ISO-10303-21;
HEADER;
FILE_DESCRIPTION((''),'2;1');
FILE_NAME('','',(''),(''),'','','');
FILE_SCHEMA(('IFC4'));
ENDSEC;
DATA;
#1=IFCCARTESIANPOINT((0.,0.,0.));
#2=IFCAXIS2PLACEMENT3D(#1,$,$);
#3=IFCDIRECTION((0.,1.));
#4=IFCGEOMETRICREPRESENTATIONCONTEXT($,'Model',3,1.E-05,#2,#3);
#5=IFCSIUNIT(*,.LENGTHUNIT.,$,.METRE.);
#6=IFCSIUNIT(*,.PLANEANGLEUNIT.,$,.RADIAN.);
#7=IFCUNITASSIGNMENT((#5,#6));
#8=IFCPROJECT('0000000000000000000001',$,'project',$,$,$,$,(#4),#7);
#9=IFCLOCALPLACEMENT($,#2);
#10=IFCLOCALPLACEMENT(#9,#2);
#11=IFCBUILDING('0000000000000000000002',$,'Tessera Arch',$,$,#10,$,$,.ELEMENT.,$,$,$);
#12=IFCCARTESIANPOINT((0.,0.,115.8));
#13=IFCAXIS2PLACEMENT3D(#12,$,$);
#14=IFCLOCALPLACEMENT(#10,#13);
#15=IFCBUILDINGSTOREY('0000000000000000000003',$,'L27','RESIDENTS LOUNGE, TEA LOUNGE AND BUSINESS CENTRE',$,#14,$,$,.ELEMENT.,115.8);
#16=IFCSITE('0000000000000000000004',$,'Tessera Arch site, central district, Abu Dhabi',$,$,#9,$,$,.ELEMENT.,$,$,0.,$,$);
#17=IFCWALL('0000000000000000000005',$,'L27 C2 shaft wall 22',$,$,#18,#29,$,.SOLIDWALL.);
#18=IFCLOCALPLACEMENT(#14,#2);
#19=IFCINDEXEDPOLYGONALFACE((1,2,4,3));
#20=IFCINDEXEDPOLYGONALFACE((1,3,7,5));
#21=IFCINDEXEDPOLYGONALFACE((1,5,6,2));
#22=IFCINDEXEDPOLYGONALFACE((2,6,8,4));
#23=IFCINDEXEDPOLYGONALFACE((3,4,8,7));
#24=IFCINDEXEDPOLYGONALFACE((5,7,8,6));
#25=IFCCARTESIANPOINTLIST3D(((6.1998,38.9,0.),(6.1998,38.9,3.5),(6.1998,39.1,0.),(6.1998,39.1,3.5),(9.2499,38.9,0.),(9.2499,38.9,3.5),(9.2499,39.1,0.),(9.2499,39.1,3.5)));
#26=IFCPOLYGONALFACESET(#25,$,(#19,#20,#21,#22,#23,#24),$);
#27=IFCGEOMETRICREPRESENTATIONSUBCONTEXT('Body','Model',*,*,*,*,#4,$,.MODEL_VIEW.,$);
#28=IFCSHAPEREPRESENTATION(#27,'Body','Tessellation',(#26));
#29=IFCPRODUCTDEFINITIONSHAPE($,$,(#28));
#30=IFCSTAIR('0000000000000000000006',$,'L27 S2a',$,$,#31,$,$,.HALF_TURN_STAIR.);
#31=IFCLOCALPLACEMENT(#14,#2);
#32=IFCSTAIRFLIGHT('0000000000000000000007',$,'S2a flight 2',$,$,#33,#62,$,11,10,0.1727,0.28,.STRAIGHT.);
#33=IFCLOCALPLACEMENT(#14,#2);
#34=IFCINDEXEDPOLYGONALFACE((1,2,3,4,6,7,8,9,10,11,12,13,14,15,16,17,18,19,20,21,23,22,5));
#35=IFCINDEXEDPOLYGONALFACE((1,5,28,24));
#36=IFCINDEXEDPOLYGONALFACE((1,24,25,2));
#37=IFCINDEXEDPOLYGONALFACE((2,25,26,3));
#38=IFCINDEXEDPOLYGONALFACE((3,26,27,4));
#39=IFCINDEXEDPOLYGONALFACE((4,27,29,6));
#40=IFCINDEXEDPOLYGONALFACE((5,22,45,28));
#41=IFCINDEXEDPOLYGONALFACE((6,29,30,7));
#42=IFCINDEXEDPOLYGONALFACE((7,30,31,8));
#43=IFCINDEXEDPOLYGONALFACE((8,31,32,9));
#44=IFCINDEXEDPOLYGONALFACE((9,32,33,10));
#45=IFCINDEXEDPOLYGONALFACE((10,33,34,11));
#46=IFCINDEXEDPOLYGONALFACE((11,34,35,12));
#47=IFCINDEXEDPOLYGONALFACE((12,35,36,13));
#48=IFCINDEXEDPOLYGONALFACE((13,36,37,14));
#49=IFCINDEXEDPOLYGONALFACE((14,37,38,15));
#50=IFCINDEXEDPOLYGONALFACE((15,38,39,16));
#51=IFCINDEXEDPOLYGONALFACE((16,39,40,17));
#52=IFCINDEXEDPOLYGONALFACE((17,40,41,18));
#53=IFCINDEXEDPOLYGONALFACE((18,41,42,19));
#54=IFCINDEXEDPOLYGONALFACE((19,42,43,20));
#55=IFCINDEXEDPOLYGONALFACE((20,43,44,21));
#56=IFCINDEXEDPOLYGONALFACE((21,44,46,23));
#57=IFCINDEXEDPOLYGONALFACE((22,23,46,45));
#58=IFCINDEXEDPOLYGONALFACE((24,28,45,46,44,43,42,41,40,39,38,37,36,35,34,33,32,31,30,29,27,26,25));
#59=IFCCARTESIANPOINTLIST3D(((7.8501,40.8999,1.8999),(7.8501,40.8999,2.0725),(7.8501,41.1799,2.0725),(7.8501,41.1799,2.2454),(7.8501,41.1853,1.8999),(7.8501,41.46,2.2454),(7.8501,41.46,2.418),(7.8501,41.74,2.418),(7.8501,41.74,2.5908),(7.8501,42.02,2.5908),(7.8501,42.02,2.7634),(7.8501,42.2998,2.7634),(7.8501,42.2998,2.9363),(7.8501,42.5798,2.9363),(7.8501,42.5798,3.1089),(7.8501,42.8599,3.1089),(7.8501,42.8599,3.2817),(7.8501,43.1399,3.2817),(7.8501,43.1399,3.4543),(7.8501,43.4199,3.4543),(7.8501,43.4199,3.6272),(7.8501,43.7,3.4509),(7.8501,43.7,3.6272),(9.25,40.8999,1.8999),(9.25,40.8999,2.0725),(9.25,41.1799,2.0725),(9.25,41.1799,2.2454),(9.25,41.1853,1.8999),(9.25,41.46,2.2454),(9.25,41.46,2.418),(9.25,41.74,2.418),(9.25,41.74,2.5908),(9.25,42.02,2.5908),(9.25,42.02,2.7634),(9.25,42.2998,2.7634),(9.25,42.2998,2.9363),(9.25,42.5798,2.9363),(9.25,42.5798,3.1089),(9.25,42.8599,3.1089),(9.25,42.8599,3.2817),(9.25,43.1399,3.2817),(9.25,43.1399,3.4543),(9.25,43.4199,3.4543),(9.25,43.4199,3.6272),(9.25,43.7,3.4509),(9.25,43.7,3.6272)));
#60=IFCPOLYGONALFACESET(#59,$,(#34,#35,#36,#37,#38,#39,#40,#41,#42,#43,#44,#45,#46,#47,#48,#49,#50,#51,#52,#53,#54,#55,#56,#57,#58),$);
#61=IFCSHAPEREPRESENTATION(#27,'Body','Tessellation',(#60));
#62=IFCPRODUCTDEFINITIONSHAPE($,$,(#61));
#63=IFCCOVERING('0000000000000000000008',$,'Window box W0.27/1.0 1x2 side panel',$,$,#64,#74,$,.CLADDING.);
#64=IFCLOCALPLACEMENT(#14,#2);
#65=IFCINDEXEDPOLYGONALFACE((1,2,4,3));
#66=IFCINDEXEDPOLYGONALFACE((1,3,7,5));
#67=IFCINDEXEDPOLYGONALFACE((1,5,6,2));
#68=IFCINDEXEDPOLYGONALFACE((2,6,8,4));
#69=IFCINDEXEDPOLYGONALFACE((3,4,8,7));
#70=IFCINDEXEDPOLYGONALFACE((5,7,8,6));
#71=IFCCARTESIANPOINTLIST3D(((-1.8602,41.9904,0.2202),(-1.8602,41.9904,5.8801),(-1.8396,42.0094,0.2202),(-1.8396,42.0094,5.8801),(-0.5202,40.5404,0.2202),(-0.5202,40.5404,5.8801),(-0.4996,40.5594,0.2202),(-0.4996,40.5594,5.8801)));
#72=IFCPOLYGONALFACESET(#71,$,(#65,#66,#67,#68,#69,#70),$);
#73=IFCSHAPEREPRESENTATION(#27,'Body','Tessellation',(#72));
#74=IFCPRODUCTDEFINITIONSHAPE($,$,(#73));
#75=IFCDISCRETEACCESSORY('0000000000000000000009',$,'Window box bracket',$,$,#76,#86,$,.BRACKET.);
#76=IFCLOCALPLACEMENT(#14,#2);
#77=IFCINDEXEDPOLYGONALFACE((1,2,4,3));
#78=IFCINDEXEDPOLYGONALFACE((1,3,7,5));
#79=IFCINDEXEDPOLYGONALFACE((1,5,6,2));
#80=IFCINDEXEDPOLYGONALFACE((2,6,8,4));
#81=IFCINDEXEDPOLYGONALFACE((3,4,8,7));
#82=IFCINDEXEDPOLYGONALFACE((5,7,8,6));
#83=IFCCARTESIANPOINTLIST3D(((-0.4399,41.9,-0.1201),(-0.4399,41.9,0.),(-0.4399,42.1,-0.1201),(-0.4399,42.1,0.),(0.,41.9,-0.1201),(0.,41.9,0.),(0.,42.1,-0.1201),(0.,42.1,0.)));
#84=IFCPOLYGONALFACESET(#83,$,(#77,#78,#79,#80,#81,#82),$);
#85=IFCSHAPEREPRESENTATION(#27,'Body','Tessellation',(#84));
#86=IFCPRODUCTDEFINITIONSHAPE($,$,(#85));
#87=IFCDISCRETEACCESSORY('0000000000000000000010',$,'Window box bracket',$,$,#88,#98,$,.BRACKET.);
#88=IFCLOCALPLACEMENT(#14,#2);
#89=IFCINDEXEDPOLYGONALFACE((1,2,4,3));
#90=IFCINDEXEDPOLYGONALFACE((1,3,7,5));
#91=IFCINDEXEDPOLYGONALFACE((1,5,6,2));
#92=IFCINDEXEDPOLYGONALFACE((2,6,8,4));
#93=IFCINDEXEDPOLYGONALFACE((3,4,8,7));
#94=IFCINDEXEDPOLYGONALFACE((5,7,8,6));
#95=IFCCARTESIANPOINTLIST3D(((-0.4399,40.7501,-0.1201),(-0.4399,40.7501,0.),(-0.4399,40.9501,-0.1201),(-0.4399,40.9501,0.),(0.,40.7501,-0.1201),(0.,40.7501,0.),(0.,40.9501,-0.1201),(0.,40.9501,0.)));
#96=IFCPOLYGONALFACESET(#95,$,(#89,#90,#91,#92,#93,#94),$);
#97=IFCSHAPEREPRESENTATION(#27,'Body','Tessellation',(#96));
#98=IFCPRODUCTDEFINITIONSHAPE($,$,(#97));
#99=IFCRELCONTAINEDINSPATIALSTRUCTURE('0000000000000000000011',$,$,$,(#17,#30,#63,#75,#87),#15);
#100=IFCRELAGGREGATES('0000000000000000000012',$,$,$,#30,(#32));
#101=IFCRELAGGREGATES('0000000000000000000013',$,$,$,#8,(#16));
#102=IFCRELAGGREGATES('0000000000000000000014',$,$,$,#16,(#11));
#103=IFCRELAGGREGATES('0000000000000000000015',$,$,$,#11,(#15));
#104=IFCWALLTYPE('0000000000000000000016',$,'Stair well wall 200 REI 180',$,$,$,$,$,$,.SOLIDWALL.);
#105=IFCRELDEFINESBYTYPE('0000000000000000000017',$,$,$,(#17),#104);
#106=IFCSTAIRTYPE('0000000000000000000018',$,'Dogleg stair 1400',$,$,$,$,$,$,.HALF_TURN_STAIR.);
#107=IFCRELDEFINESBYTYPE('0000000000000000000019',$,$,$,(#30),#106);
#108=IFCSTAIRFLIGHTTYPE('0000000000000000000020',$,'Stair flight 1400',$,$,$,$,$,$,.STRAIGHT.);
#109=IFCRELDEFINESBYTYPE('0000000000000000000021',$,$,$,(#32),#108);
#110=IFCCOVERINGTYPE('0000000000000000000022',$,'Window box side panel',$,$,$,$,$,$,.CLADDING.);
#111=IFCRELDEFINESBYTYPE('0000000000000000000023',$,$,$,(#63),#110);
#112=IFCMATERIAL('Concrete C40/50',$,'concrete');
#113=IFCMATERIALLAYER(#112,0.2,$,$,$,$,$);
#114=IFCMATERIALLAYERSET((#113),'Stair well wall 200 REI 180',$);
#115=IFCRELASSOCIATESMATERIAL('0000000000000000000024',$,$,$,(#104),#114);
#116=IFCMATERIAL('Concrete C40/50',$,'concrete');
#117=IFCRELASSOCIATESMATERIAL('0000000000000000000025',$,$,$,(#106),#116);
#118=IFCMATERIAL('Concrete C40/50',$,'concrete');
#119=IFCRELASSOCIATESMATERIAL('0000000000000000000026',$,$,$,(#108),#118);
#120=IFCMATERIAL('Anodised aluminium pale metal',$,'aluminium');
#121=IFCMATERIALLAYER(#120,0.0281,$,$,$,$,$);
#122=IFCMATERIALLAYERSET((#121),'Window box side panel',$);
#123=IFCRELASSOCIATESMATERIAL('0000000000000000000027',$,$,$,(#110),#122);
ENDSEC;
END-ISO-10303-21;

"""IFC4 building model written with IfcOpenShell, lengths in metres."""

from ifc_helpers import new_model, si_unit, direction, frame, frame_2d, origin, origin_2d, place, context, subcontext, project, spatial, polyline, rectangle, outline, extrude, material, layer, layer_set, type_object, element, aggregate, save


model = new_model("IFC4")

# Units and contexts
model_context = context("Model", 3, precision=1e-05, world=origin(), true_north=direction((0.0, 1.0)))
body_context = subcontext(model_context, "Body", "Model", "MODEL_VIEW")
ifc_project = project(units=[si_unit("LENGTHUNIT", "METRE"), si_unit("PLANEANGLEUNIT", "RADIAN")], contexts=[model_context])

# Site, building, storey
site_placement = place(None, origin())
site = spatial("IfcSite", under=ifc_project, at=site_placement, Name="Tessera Arch site, central district, Abu Dhabi", CompositionType="ELEMENT", RefElevation=0.0)
building_placement = place(site_placement, origin())
building = spatial("IfcBuilding", under=site, at=building_placement, Name="Tessera Arch", CompositionType="ELEMENT")
storey_placement = place(building_placement, frame((0.0, 0.0, 115.8)))
storey = spatial("IfcBuildingStorey", under=building, at=storey_placement, Name="L27", Description="RESIDENTS LOUNGE, TEA LOUNGE AND BUSINESS CENTRE", CompositionType="ELEMENT", Elevation=115.8)

# Wall
ifc_material_1 = material(Name="Concrete C40/50", Category="concrete")
ifc_layer_1 = layer(ifc_material_1, 0.2)
ifc_layer_set_1 = layer_set([ifc_layer_1], Name="Stair well wall 200 REI 180")
wall_type_1 = type_object("IfcWallType", Name="Stair well wall 200 REI 180", PredefinedType="SOLIDWALL", material=ifc_layer_set_1)
wall_1_placement = place(storey_placement, frame((6.2, 39.0, 0.0), z_axis=(0.0, 0.0, 1.0), x_axis=(1.0, 0.0, 0.0)))
element("IfcWall", 1, at=wall_1_placement, inside=storey, type_object=wall_type_1, Name="L27 C2 shaft wall 22", PredefinedType="SOLIDWALL", context=body_context, shape_type="SweptSolid", body=[
    extrude(rectangle(XDim=3.05, YDim=0.2, at=frame_2d((1.5249, 0.0))), origin(), (0.0, 0.0, 1.0), 3.5),
])

# Stair, stair flight
ifc_material_2 = material(Name="Concrete C40/50", Category="concrete")
stair_type = type_object("IfcStairType", Name="Dogleg stair 1400", PredefinedType="HALF_TURN_STAIR", material=ifc_material_2)
stair_placement = place(storey_placement, origin())
stair = element("IfcStair", 2, at=stair_placement, inside=storey, type_object=stair_type, Name="L27 S2a", PredefinedType="HALF_TURN_STAIR")
ifc_material_3 = material(Name="Concrete C40/50", Category="concrete")
stair_flight_type = type_object("IfcStairFlightType", Name="Stair flight 1400", PredefinedType="STRAIGHT", material=ifc_material_3)
stair_flight_placement = place(storey_placement, frame((8.55, 40.8999, 1.8999), z_axis=(0.0, 0.0, 1.0), x_axis=(0.0, 1.0, 0.0)))
stair_flight = element("IfcStairFlight", 3, at=stair_flight_placement, type_object=stair_flight_type, Name="S2a flight 2", NumberOfRisers=11, NumberOfTreads=10, PredefinedType="STRAIGHT", RiserHeight=0.1727, TreadLength=0.28, context=body_context, shape_type="SweptSolid", body=[
    extrude(outline(polyline([(0.0, 0.0), (0.0, 0.1726), (0.28, 0.1726), (0.28, 0.3455), (0.5601, 0.3455), (0.5601, 0.5181), (0.8401, 0.5181), (0.8401, 0.6909), (1.1201, 0.6909), (1.1201, 0.8635), (1.3999, 0.8635), (1.3999, 1.0364), (1.6799, 1.0364), (1.6799, 1.209), (1.96, 1.209), (1.96, 1.3818), (2.24, 1.3818), (2.24, 1.5544), (2.52, 1.5544), (2.52, 1.7273), (2.8, 1.7273), (2.8, 1.8999), (2.8, 1.551), (0.2854, 0.0), (0.0, 0.0)])), frame((0.0, 0.7, 0.0), z_axis=(0.0, -1.0, 0.0), x_axis=(1.0, 0.0, 0.0)), (0.0, 0.0, 1.0), 1.3999),
])
aggregate(stair, [stair_flight])

# Covering
ifc_material_4 = material(Name="Anodised aluminium pale metal", Category="aluminium")
ifc_layer_2 = layer(ifc_material_4, 0.0281)
ifc_layer_set_2 = layer_set([ifc_layer_2], Name="Window box side panel")
covering_type = type_object("IfcCoveringType", Name="Window box side panel", PredefinedType="CLADDING", material=ifc_layer_set_2)
covering_placement = place(storey_placement, frame((-1.1799, 41.2749, 0.2202), z_axis=(0.0, 0.0, 1.0), x_axis=(-0.678701, 0.734415, 0.0)))
element("IfcCovering", 4, at=covering_placement, inside=storey, type_object=covering_type, Name="Window box W0.27/1.0 1x2 side panel", PredefinedType="CLADDING", context=body_context, shape_type="SweptSolid", body=[
    extrude(rectangle(XDim=1.9744, YDim=0.0281, at=origin_2d()), origin(), (0.0, 0.0, 1.0), 5.6599),
])

# Discrete accessories
for number, where, z_axis, x_axis, name in (
    (5, (-0.22, 42.0, -0.1201), (0.0, 0.0, 1.0), (-1.0, 0.0, 0.0), "Window box bracket"),
    (6, (-0.22, 40.8501, -0.1201), (0.0, 0.0, 1.0), (-1.0, 0.0, 0.0), "Window box bracket"),
):
    element("IfcDiscreteAccessory", number, at=place(storey_placement, frame(where, z_axis=z_axis, x_axis=x_axis)), inside=storey, Name=name, PredefinedType="BRACKET", context=body_context, shape_type="SweptSolid", body=[
        extrude(rectangle(XDim=0.4399, YDim=0.2, at=origin_2d()), origin(), (0.0, 0.0, 1.0), 0.1201),
    ])

save(model, "model.ifc")
